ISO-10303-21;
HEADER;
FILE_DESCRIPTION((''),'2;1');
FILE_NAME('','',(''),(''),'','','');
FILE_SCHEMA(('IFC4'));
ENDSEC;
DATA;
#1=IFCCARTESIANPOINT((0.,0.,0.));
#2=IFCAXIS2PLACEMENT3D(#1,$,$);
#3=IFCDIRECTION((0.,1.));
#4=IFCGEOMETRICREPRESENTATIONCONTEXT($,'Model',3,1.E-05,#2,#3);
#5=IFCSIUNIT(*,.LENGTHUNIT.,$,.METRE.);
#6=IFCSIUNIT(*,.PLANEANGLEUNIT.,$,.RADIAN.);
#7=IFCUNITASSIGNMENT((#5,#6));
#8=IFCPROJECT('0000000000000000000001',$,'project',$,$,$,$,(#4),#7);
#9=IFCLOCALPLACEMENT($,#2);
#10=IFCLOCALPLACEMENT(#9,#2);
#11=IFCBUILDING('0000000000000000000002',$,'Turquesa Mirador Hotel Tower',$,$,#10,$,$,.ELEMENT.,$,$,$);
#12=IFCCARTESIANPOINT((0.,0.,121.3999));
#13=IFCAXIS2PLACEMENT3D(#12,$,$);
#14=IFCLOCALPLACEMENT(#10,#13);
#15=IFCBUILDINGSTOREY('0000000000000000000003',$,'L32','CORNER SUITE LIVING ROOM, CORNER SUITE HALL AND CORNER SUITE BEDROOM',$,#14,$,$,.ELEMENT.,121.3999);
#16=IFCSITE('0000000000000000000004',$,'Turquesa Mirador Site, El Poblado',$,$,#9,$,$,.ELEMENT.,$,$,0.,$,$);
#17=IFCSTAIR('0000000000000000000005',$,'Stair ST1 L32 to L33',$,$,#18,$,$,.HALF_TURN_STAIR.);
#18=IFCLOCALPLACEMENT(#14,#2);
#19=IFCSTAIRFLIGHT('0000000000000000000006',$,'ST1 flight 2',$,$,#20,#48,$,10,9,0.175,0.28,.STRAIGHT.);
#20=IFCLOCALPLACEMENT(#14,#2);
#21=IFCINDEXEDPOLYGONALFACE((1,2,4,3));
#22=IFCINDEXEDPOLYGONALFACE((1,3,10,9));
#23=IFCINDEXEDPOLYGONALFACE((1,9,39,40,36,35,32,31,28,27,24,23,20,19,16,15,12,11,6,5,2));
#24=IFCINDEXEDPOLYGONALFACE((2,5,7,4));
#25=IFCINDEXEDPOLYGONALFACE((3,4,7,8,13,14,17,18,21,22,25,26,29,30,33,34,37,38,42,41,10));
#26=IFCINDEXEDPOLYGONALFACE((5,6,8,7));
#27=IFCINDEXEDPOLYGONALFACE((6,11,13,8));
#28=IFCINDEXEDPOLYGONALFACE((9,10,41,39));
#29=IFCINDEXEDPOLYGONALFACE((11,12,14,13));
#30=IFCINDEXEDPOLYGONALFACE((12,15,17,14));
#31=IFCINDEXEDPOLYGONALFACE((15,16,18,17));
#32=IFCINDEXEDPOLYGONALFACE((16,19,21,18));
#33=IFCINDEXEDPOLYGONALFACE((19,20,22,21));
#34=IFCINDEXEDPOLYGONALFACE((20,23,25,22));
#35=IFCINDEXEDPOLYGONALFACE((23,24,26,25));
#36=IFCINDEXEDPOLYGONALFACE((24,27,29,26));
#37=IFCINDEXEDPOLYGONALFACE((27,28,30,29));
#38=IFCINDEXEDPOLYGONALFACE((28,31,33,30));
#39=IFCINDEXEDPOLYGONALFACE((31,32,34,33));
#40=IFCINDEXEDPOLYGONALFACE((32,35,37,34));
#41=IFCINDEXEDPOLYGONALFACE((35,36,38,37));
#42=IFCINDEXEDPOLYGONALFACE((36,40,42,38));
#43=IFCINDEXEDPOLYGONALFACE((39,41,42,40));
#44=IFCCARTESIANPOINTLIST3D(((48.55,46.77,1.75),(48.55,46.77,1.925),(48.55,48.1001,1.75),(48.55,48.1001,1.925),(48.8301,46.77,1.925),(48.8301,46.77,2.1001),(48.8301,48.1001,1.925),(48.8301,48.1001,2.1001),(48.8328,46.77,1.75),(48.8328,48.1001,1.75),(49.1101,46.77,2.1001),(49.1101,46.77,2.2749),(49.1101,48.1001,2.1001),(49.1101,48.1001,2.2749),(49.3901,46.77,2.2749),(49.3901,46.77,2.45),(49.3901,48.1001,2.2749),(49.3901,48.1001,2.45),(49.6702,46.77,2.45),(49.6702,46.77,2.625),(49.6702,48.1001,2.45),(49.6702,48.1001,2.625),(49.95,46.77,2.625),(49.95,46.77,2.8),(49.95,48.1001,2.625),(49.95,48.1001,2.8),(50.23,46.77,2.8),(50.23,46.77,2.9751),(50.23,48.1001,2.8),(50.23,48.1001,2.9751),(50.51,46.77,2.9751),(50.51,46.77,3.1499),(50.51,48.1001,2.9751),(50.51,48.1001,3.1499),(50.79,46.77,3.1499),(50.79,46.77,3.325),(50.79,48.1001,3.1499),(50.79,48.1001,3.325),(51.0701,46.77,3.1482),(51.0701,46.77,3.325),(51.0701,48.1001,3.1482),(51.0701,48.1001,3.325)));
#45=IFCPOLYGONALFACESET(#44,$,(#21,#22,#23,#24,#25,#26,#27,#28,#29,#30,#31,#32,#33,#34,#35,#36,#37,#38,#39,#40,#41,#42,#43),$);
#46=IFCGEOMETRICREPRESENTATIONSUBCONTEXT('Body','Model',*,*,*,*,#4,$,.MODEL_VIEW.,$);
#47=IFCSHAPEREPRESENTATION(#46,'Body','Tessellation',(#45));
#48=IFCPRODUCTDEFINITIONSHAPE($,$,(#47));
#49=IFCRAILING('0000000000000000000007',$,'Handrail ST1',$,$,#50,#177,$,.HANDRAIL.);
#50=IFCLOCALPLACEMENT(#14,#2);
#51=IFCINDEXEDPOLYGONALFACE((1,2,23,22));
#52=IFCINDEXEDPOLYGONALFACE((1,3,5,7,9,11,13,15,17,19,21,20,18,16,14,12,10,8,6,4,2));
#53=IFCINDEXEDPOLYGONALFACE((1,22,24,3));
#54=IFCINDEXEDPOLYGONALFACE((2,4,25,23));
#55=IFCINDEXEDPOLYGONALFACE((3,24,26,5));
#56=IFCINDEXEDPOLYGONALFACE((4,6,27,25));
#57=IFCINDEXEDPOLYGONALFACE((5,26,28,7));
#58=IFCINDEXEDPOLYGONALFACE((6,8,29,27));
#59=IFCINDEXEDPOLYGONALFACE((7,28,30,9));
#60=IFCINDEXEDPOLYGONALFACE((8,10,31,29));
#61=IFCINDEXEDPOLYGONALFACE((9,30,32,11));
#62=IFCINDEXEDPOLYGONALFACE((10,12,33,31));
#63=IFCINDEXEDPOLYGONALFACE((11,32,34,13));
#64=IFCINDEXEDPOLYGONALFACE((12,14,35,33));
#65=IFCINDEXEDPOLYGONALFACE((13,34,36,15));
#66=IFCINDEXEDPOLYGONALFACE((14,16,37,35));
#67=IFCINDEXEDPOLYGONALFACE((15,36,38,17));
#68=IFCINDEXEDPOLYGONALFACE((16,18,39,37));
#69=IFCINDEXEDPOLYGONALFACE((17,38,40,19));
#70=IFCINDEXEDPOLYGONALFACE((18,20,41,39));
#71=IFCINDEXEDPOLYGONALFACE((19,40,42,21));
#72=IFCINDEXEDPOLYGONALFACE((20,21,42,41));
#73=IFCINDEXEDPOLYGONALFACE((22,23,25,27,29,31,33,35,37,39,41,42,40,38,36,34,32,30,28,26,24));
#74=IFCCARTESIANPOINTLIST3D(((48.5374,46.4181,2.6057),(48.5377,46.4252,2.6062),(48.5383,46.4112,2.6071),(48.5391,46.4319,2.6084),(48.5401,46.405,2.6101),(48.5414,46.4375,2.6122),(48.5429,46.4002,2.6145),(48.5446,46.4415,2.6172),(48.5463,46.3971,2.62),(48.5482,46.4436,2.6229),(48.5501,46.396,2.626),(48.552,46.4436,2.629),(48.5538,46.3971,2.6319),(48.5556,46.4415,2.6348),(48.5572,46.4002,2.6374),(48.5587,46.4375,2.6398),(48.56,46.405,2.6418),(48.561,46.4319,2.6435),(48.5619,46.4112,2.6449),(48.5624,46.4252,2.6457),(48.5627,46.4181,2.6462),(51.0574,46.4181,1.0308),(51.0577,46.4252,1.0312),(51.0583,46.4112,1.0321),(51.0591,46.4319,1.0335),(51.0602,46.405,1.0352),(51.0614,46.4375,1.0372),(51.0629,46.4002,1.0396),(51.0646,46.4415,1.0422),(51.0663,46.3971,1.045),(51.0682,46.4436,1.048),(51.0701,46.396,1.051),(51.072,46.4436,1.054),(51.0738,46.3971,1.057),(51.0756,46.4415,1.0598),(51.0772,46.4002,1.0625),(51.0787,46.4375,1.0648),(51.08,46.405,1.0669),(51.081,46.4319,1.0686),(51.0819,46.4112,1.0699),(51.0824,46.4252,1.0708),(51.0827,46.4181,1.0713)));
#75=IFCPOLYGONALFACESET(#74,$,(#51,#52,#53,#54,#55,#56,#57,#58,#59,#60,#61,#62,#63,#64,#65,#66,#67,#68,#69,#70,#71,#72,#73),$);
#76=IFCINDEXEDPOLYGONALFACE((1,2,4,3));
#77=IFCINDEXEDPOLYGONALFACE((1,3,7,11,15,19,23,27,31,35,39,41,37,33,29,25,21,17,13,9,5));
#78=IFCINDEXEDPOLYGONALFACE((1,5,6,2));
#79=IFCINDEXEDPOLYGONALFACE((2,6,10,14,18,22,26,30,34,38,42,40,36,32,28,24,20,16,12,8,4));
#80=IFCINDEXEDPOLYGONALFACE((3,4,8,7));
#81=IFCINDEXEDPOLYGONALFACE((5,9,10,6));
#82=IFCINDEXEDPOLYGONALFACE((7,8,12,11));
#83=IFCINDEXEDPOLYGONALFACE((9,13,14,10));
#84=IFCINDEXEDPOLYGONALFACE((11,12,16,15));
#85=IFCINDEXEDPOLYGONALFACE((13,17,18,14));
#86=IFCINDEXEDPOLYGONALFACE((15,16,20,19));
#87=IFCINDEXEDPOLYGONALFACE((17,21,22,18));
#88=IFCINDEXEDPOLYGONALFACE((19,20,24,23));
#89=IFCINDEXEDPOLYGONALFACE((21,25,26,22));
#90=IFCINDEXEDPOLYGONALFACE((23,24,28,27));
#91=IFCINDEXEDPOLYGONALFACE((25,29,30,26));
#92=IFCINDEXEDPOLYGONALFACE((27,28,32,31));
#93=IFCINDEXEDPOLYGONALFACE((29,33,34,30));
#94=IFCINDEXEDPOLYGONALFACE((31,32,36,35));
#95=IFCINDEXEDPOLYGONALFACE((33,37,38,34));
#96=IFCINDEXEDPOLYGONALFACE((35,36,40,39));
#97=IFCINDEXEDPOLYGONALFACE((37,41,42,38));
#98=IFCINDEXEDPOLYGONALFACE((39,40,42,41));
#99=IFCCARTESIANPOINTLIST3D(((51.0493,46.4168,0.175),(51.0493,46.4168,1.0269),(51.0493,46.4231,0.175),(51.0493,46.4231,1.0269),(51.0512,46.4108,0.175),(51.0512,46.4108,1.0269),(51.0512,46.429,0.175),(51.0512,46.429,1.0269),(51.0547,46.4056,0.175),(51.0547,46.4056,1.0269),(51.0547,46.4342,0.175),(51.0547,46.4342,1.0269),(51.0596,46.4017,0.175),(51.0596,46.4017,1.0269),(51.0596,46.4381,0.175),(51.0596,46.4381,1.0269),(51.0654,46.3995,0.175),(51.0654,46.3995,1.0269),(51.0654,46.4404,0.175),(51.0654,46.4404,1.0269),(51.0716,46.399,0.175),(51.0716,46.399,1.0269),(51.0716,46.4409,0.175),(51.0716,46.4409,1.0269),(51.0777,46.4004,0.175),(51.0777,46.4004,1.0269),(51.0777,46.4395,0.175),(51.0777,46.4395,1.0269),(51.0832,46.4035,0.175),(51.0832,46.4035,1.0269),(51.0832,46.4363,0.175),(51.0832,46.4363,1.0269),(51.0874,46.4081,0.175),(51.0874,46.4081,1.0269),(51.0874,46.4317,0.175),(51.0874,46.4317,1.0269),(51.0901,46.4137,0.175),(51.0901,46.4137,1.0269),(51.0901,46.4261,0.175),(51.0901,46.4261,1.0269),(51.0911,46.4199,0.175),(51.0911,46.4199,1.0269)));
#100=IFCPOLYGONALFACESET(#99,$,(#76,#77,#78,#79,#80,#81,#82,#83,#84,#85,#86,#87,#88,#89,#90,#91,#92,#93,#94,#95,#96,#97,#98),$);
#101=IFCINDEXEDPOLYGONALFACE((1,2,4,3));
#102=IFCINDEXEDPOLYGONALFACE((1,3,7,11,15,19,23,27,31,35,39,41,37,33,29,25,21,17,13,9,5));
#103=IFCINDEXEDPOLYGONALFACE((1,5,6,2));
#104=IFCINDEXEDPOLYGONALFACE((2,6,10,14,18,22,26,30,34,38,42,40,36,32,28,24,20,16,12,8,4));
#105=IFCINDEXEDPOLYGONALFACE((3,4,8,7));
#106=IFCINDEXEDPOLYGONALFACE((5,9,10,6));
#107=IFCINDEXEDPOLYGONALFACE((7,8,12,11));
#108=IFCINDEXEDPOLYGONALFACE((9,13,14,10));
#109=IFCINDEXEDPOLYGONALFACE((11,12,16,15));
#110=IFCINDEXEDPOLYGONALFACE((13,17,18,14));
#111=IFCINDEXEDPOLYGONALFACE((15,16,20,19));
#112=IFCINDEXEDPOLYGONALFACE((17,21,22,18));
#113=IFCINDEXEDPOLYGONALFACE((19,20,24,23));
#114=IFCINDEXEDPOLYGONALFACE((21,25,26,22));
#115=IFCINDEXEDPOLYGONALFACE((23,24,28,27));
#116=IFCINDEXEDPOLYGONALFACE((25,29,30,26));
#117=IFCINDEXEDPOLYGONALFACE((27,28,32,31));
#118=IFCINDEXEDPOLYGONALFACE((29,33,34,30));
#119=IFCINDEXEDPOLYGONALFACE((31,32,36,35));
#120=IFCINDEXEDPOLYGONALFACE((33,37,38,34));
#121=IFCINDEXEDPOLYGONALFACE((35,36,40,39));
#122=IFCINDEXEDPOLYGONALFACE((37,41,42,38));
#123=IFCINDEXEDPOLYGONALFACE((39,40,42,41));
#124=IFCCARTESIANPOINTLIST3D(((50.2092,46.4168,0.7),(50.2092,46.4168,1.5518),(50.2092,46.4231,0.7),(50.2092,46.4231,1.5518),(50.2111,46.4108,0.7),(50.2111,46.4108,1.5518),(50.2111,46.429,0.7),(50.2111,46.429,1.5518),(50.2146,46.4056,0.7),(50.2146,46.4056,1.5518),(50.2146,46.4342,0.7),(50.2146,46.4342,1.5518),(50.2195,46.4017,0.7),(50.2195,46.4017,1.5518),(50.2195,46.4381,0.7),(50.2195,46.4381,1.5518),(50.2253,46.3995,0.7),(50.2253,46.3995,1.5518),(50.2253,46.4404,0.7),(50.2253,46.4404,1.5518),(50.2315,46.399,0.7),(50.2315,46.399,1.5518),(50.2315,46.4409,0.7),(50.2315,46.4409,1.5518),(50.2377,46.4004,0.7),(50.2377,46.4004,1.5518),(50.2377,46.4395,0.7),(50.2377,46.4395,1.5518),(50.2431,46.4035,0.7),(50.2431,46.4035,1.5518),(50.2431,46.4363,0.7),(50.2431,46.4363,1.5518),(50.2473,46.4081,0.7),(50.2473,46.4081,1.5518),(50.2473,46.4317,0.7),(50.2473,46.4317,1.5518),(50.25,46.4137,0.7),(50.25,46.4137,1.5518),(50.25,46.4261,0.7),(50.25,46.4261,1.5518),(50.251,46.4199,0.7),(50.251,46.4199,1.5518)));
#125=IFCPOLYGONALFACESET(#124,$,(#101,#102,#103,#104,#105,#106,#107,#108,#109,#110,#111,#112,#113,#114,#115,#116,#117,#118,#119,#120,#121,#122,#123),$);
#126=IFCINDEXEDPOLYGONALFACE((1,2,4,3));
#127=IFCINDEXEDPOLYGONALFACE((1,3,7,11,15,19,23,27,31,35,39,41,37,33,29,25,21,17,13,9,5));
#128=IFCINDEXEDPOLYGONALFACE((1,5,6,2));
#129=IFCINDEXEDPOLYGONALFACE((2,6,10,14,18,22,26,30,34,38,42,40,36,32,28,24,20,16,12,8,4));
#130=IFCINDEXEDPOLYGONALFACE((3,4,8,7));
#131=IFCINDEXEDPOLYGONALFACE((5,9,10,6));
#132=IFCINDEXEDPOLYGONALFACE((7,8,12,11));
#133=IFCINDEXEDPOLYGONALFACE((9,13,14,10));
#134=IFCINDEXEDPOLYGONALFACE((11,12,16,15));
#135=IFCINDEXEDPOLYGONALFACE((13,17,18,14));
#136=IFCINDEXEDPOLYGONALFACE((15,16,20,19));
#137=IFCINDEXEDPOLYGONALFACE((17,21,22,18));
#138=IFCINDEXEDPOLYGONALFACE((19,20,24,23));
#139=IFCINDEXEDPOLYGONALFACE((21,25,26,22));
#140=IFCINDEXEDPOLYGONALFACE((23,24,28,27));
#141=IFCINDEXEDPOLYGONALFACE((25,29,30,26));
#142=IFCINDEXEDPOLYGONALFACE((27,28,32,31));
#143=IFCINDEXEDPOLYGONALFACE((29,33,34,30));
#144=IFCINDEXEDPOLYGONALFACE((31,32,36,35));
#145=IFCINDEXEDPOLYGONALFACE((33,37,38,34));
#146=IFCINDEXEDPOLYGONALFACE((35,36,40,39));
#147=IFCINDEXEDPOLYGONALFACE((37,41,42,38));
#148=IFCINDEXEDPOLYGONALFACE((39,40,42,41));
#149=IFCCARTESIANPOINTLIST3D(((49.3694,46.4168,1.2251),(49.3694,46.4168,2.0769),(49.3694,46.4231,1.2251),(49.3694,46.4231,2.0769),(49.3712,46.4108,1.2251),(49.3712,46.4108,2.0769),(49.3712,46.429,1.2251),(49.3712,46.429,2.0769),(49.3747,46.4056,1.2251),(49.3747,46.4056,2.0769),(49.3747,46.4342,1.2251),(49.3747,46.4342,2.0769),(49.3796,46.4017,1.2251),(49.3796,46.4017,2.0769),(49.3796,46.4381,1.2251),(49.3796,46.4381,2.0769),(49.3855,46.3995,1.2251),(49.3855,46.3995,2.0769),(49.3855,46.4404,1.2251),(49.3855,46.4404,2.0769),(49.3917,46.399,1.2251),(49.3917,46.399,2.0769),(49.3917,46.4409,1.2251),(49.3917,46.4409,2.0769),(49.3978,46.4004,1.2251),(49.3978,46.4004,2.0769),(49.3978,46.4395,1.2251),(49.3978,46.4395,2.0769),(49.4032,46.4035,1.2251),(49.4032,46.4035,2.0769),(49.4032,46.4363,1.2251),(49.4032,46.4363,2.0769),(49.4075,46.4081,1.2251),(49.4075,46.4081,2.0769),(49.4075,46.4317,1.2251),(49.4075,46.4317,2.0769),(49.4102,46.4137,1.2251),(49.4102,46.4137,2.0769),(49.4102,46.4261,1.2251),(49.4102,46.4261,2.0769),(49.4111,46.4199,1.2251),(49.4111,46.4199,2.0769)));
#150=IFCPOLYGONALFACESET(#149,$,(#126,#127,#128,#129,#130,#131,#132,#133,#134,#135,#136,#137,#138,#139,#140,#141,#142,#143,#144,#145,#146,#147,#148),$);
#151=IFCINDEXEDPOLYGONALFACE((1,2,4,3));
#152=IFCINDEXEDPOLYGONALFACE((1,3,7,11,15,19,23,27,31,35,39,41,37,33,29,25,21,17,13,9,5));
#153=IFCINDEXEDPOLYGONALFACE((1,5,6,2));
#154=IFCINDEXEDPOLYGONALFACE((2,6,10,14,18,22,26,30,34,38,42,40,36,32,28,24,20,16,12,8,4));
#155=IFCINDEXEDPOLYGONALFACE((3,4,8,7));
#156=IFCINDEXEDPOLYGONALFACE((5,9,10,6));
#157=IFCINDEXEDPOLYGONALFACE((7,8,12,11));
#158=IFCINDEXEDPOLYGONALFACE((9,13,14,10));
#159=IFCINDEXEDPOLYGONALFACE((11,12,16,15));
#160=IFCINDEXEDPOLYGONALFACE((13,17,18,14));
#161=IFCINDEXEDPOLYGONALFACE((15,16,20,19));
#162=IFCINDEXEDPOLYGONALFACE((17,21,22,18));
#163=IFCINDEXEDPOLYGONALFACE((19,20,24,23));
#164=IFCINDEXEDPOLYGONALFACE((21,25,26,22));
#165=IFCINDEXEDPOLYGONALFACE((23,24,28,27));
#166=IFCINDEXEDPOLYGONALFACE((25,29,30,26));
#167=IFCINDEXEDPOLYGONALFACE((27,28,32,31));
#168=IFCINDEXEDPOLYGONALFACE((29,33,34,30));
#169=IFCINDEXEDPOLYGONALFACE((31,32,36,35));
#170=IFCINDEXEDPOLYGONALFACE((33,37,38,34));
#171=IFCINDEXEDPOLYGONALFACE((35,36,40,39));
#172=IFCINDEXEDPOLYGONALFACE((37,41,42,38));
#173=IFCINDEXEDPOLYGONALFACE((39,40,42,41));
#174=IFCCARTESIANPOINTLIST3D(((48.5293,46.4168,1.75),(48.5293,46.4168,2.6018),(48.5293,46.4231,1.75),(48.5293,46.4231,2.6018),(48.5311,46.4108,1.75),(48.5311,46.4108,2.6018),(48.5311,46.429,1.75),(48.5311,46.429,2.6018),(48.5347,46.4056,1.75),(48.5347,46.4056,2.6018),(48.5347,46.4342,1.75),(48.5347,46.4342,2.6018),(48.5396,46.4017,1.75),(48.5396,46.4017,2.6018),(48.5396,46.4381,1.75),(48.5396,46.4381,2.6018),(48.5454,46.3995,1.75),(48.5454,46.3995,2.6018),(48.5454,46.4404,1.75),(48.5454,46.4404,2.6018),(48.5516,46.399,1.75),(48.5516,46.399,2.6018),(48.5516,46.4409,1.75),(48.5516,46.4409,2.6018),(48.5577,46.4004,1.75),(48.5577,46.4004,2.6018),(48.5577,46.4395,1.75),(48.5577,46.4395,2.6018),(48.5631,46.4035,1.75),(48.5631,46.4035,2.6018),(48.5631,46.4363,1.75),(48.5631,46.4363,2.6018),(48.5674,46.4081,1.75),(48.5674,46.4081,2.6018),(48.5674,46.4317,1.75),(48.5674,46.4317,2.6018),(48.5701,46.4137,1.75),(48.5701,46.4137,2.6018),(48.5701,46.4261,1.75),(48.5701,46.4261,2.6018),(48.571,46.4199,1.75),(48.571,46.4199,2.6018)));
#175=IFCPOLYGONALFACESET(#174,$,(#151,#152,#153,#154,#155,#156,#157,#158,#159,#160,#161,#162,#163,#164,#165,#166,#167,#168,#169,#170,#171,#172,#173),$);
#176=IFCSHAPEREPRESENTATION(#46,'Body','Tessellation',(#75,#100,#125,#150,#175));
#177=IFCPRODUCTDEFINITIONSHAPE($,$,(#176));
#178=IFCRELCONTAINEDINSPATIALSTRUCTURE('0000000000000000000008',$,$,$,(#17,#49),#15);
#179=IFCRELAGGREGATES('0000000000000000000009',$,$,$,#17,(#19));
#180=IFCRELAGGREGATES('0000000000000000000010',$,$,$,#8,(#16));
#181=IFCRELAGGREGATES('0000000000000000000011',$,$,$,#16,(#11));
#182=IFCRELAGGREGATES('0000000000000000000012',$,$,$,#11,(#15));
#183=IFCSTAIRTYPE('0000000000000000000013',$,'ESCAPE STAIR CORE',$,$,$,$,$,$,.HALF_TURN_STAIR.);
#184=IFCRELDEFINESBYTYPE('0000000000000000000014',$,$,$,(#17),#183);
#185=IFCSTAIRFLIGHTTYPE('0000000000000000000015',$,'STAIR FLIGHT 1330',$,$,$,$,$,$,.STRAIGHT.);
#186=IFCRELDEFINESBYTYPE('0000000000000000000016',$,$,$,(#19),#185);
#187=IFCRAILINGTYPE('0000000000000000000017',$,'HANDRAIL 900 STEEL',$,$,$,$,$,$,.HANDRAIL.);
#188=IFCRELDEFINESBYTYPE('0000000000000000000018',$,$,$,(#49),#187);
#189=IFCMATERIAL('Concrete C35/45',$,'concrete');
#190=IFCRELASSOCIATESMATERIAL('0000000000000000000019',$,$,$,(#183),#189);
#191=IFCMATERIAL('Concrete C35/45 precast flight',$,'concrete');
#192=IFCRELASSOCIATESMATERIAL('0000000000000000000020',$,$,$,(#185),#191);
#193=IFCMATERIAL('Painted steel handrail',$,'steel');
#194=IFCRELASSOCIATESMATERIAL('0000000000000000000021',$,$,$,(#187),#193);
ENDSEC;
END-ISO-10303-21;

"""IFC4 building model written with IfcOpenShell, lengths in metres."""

from ifc_helpers import new_model, si_unit, direction, frame, origin, origin_2d, place, context, subcontext, project, spatial, polyline, circle, outline, extrude, material, type_object, element, aggregate, save


model = new_model("IFC4")

# Units and contexts
model_context = context("Model", 3, precision=1e-05, world=origin(), true_north=direction((0.0, 1.0)))
body_context = subcontext(model_context, "Body", "Model", "MODEL_VIEW")
ifc_project = project(units=[si_unit("LENGTHUNIT", "METRE"), si_unit("PLANEANGLEUNIT", "RADIAN")], contexts=[model_context])

# Site, building, storey
site_placement = place(None, origin())
site = spatial("IfcSite", under=ifc_project, at=site_placement, Name="Turquesa Mirador Site, El Poblado", CompositionType="ELEMENT", RefElevation=0.0)
building_placement = place(site_placement, origin())
building = spatial("IfcBuilding", under=site, at=building_placement, Name="Turquesa Mirador Hotel Tower", CompositionType="ELEMENT")
storey_placement = place(building_placement, frame((0.0, 0.0, 121.3999)))
storey = spatial("IfcBuildingStorey", under=building, at=storey_placement, Name="L32", Description="CORNER SUITE LIVING ROOM, CORNER SUITE HALL AND CORNER SUITE BEDROOM", CompositionType="ELEMENT", Elevation=121.3999)

# Stair, stair flight
ifc_material_1 = material(Name="Concrete C35/45", Category="concrete")
stair_type = type_object("IfcStairType", Name="ESCAPE STAIR CORE", PredefinedType="HALF_TURN_STAIR", material=ifc_material_1)
stair_placement = place(storey_placement, origin())
stair = element("IfcStair", 1, at=stair_placement, inside=storey, type_object=stair_type, Name="Stair ST1 L32 to L33", PredefinedType="HALF_TURN_STAIR")
ifc_material_2 = material(Name="Concrete C35/45 precast flight", Category="concrete")
stair_flight_type = type_object("IfcStairFlightType", Name="STAIR FLIGHT 1330", PredefinedType="STRAIGHT", material=ifc_material_2)
stair_flight_1_placement = place(storey_placement, frame((48.55, 47.4351, 1.75), z_axis=(0.0, 0.0, 1.0), x_axis=(1.0, 0.0, 0.0)))
stair_flight_1 = element("IfcStairFlight", 2, at=stair_flight_1_placement, type_object=stair_flight_type, Name="ST1 flight 2", NumberOfRisers=10, NumberOfTreads=9, PredefinedType="STRAIGHT", RiserHeight=0.175, TreadLength=0.28, context=body_context, shape_type="SweptSolid", body=[
    extrude(outline(polyline([(0.0, 0.0), (0.0, 0.175), (0.28, 0.175), (0.28, 0.3501), (0.5601, 0.3501), (0.5601, 0.5249), (0.8401, 0.5249), (0.8401, 0.7), (1.1201, 0.7), (1.1201, 0.875), (1.3999, 0.875), (1.3999, 1.05), (1.6799, 1.05), (1.6799, 1.2251), (1.96, 1.2251), (1.96, 1.3999), (2.24, 1.3999), (2.24, 1.575), (2.52, 1.575), (2.52, 1.75), (2.52, 1.3982), (0.2827, 0.0), (0.0, 0.0)])), frame((0.0, 0.665, 0.0), z_axis=(0.0, -1.0, 0.0), x_axis=(1.0, 0.0, 0.0)), (0.0, 0.0, 1.0), 1.3301),
])
aggregate(stair, [stair_flight_1])

# Railing
ifc_material_3 = material(Name="Painted steel handrail", Category="steel")
railing_type = type_object("IfcRailingType", Name="HANDRAIL 900 STEEL", PredefinedType="HANDRAIL", material=ifc_material_3)
railing_1_placement = place(storey_placement, frame((51.0701, 46.4199, 0.175)))
element("IfcRailing", 3, at=railing_1_placement, inside=storey, type_object=railing_type, Name="Handrail ST1", PredefinedType="HANDRAIL", context=body_context, shape_type="SweptSolid", body=[
    extrude(circle(Radius=0.0239, at=origin_2d()), frame((0.0, 0.0, 0.876), z_axis=(-0.848008, 0.0, 0.529984), x_axis=(0.0, -1.0, 0.0)), (0.0, 0.0, 1.0), 2.9717),
    extrude(circle(Radius=0.021, at=origin_2d()), origin(), (0.0, 0.0, 1.0), 0.8518),
    extrude(circle(Radius=0.021, at=origin_2d()), frame((-0.8401, 0.0, 0.5249)), (0.0, 0.0, 1.0), 0.8518),
    extrude(circle(Radius=0.021, at=origin_2d()), frame((-1.6799, 0.0, 1.05)), (0.0, 0.0, 1.0), 0.8518),
    extrude(circle(Radius=0.021, at=origin_2d()), frame((-2.52, 0.0, 1.575)), (0.0, 0.0, 1.0), 0.8518),
])

save(model, "model.ifc")
